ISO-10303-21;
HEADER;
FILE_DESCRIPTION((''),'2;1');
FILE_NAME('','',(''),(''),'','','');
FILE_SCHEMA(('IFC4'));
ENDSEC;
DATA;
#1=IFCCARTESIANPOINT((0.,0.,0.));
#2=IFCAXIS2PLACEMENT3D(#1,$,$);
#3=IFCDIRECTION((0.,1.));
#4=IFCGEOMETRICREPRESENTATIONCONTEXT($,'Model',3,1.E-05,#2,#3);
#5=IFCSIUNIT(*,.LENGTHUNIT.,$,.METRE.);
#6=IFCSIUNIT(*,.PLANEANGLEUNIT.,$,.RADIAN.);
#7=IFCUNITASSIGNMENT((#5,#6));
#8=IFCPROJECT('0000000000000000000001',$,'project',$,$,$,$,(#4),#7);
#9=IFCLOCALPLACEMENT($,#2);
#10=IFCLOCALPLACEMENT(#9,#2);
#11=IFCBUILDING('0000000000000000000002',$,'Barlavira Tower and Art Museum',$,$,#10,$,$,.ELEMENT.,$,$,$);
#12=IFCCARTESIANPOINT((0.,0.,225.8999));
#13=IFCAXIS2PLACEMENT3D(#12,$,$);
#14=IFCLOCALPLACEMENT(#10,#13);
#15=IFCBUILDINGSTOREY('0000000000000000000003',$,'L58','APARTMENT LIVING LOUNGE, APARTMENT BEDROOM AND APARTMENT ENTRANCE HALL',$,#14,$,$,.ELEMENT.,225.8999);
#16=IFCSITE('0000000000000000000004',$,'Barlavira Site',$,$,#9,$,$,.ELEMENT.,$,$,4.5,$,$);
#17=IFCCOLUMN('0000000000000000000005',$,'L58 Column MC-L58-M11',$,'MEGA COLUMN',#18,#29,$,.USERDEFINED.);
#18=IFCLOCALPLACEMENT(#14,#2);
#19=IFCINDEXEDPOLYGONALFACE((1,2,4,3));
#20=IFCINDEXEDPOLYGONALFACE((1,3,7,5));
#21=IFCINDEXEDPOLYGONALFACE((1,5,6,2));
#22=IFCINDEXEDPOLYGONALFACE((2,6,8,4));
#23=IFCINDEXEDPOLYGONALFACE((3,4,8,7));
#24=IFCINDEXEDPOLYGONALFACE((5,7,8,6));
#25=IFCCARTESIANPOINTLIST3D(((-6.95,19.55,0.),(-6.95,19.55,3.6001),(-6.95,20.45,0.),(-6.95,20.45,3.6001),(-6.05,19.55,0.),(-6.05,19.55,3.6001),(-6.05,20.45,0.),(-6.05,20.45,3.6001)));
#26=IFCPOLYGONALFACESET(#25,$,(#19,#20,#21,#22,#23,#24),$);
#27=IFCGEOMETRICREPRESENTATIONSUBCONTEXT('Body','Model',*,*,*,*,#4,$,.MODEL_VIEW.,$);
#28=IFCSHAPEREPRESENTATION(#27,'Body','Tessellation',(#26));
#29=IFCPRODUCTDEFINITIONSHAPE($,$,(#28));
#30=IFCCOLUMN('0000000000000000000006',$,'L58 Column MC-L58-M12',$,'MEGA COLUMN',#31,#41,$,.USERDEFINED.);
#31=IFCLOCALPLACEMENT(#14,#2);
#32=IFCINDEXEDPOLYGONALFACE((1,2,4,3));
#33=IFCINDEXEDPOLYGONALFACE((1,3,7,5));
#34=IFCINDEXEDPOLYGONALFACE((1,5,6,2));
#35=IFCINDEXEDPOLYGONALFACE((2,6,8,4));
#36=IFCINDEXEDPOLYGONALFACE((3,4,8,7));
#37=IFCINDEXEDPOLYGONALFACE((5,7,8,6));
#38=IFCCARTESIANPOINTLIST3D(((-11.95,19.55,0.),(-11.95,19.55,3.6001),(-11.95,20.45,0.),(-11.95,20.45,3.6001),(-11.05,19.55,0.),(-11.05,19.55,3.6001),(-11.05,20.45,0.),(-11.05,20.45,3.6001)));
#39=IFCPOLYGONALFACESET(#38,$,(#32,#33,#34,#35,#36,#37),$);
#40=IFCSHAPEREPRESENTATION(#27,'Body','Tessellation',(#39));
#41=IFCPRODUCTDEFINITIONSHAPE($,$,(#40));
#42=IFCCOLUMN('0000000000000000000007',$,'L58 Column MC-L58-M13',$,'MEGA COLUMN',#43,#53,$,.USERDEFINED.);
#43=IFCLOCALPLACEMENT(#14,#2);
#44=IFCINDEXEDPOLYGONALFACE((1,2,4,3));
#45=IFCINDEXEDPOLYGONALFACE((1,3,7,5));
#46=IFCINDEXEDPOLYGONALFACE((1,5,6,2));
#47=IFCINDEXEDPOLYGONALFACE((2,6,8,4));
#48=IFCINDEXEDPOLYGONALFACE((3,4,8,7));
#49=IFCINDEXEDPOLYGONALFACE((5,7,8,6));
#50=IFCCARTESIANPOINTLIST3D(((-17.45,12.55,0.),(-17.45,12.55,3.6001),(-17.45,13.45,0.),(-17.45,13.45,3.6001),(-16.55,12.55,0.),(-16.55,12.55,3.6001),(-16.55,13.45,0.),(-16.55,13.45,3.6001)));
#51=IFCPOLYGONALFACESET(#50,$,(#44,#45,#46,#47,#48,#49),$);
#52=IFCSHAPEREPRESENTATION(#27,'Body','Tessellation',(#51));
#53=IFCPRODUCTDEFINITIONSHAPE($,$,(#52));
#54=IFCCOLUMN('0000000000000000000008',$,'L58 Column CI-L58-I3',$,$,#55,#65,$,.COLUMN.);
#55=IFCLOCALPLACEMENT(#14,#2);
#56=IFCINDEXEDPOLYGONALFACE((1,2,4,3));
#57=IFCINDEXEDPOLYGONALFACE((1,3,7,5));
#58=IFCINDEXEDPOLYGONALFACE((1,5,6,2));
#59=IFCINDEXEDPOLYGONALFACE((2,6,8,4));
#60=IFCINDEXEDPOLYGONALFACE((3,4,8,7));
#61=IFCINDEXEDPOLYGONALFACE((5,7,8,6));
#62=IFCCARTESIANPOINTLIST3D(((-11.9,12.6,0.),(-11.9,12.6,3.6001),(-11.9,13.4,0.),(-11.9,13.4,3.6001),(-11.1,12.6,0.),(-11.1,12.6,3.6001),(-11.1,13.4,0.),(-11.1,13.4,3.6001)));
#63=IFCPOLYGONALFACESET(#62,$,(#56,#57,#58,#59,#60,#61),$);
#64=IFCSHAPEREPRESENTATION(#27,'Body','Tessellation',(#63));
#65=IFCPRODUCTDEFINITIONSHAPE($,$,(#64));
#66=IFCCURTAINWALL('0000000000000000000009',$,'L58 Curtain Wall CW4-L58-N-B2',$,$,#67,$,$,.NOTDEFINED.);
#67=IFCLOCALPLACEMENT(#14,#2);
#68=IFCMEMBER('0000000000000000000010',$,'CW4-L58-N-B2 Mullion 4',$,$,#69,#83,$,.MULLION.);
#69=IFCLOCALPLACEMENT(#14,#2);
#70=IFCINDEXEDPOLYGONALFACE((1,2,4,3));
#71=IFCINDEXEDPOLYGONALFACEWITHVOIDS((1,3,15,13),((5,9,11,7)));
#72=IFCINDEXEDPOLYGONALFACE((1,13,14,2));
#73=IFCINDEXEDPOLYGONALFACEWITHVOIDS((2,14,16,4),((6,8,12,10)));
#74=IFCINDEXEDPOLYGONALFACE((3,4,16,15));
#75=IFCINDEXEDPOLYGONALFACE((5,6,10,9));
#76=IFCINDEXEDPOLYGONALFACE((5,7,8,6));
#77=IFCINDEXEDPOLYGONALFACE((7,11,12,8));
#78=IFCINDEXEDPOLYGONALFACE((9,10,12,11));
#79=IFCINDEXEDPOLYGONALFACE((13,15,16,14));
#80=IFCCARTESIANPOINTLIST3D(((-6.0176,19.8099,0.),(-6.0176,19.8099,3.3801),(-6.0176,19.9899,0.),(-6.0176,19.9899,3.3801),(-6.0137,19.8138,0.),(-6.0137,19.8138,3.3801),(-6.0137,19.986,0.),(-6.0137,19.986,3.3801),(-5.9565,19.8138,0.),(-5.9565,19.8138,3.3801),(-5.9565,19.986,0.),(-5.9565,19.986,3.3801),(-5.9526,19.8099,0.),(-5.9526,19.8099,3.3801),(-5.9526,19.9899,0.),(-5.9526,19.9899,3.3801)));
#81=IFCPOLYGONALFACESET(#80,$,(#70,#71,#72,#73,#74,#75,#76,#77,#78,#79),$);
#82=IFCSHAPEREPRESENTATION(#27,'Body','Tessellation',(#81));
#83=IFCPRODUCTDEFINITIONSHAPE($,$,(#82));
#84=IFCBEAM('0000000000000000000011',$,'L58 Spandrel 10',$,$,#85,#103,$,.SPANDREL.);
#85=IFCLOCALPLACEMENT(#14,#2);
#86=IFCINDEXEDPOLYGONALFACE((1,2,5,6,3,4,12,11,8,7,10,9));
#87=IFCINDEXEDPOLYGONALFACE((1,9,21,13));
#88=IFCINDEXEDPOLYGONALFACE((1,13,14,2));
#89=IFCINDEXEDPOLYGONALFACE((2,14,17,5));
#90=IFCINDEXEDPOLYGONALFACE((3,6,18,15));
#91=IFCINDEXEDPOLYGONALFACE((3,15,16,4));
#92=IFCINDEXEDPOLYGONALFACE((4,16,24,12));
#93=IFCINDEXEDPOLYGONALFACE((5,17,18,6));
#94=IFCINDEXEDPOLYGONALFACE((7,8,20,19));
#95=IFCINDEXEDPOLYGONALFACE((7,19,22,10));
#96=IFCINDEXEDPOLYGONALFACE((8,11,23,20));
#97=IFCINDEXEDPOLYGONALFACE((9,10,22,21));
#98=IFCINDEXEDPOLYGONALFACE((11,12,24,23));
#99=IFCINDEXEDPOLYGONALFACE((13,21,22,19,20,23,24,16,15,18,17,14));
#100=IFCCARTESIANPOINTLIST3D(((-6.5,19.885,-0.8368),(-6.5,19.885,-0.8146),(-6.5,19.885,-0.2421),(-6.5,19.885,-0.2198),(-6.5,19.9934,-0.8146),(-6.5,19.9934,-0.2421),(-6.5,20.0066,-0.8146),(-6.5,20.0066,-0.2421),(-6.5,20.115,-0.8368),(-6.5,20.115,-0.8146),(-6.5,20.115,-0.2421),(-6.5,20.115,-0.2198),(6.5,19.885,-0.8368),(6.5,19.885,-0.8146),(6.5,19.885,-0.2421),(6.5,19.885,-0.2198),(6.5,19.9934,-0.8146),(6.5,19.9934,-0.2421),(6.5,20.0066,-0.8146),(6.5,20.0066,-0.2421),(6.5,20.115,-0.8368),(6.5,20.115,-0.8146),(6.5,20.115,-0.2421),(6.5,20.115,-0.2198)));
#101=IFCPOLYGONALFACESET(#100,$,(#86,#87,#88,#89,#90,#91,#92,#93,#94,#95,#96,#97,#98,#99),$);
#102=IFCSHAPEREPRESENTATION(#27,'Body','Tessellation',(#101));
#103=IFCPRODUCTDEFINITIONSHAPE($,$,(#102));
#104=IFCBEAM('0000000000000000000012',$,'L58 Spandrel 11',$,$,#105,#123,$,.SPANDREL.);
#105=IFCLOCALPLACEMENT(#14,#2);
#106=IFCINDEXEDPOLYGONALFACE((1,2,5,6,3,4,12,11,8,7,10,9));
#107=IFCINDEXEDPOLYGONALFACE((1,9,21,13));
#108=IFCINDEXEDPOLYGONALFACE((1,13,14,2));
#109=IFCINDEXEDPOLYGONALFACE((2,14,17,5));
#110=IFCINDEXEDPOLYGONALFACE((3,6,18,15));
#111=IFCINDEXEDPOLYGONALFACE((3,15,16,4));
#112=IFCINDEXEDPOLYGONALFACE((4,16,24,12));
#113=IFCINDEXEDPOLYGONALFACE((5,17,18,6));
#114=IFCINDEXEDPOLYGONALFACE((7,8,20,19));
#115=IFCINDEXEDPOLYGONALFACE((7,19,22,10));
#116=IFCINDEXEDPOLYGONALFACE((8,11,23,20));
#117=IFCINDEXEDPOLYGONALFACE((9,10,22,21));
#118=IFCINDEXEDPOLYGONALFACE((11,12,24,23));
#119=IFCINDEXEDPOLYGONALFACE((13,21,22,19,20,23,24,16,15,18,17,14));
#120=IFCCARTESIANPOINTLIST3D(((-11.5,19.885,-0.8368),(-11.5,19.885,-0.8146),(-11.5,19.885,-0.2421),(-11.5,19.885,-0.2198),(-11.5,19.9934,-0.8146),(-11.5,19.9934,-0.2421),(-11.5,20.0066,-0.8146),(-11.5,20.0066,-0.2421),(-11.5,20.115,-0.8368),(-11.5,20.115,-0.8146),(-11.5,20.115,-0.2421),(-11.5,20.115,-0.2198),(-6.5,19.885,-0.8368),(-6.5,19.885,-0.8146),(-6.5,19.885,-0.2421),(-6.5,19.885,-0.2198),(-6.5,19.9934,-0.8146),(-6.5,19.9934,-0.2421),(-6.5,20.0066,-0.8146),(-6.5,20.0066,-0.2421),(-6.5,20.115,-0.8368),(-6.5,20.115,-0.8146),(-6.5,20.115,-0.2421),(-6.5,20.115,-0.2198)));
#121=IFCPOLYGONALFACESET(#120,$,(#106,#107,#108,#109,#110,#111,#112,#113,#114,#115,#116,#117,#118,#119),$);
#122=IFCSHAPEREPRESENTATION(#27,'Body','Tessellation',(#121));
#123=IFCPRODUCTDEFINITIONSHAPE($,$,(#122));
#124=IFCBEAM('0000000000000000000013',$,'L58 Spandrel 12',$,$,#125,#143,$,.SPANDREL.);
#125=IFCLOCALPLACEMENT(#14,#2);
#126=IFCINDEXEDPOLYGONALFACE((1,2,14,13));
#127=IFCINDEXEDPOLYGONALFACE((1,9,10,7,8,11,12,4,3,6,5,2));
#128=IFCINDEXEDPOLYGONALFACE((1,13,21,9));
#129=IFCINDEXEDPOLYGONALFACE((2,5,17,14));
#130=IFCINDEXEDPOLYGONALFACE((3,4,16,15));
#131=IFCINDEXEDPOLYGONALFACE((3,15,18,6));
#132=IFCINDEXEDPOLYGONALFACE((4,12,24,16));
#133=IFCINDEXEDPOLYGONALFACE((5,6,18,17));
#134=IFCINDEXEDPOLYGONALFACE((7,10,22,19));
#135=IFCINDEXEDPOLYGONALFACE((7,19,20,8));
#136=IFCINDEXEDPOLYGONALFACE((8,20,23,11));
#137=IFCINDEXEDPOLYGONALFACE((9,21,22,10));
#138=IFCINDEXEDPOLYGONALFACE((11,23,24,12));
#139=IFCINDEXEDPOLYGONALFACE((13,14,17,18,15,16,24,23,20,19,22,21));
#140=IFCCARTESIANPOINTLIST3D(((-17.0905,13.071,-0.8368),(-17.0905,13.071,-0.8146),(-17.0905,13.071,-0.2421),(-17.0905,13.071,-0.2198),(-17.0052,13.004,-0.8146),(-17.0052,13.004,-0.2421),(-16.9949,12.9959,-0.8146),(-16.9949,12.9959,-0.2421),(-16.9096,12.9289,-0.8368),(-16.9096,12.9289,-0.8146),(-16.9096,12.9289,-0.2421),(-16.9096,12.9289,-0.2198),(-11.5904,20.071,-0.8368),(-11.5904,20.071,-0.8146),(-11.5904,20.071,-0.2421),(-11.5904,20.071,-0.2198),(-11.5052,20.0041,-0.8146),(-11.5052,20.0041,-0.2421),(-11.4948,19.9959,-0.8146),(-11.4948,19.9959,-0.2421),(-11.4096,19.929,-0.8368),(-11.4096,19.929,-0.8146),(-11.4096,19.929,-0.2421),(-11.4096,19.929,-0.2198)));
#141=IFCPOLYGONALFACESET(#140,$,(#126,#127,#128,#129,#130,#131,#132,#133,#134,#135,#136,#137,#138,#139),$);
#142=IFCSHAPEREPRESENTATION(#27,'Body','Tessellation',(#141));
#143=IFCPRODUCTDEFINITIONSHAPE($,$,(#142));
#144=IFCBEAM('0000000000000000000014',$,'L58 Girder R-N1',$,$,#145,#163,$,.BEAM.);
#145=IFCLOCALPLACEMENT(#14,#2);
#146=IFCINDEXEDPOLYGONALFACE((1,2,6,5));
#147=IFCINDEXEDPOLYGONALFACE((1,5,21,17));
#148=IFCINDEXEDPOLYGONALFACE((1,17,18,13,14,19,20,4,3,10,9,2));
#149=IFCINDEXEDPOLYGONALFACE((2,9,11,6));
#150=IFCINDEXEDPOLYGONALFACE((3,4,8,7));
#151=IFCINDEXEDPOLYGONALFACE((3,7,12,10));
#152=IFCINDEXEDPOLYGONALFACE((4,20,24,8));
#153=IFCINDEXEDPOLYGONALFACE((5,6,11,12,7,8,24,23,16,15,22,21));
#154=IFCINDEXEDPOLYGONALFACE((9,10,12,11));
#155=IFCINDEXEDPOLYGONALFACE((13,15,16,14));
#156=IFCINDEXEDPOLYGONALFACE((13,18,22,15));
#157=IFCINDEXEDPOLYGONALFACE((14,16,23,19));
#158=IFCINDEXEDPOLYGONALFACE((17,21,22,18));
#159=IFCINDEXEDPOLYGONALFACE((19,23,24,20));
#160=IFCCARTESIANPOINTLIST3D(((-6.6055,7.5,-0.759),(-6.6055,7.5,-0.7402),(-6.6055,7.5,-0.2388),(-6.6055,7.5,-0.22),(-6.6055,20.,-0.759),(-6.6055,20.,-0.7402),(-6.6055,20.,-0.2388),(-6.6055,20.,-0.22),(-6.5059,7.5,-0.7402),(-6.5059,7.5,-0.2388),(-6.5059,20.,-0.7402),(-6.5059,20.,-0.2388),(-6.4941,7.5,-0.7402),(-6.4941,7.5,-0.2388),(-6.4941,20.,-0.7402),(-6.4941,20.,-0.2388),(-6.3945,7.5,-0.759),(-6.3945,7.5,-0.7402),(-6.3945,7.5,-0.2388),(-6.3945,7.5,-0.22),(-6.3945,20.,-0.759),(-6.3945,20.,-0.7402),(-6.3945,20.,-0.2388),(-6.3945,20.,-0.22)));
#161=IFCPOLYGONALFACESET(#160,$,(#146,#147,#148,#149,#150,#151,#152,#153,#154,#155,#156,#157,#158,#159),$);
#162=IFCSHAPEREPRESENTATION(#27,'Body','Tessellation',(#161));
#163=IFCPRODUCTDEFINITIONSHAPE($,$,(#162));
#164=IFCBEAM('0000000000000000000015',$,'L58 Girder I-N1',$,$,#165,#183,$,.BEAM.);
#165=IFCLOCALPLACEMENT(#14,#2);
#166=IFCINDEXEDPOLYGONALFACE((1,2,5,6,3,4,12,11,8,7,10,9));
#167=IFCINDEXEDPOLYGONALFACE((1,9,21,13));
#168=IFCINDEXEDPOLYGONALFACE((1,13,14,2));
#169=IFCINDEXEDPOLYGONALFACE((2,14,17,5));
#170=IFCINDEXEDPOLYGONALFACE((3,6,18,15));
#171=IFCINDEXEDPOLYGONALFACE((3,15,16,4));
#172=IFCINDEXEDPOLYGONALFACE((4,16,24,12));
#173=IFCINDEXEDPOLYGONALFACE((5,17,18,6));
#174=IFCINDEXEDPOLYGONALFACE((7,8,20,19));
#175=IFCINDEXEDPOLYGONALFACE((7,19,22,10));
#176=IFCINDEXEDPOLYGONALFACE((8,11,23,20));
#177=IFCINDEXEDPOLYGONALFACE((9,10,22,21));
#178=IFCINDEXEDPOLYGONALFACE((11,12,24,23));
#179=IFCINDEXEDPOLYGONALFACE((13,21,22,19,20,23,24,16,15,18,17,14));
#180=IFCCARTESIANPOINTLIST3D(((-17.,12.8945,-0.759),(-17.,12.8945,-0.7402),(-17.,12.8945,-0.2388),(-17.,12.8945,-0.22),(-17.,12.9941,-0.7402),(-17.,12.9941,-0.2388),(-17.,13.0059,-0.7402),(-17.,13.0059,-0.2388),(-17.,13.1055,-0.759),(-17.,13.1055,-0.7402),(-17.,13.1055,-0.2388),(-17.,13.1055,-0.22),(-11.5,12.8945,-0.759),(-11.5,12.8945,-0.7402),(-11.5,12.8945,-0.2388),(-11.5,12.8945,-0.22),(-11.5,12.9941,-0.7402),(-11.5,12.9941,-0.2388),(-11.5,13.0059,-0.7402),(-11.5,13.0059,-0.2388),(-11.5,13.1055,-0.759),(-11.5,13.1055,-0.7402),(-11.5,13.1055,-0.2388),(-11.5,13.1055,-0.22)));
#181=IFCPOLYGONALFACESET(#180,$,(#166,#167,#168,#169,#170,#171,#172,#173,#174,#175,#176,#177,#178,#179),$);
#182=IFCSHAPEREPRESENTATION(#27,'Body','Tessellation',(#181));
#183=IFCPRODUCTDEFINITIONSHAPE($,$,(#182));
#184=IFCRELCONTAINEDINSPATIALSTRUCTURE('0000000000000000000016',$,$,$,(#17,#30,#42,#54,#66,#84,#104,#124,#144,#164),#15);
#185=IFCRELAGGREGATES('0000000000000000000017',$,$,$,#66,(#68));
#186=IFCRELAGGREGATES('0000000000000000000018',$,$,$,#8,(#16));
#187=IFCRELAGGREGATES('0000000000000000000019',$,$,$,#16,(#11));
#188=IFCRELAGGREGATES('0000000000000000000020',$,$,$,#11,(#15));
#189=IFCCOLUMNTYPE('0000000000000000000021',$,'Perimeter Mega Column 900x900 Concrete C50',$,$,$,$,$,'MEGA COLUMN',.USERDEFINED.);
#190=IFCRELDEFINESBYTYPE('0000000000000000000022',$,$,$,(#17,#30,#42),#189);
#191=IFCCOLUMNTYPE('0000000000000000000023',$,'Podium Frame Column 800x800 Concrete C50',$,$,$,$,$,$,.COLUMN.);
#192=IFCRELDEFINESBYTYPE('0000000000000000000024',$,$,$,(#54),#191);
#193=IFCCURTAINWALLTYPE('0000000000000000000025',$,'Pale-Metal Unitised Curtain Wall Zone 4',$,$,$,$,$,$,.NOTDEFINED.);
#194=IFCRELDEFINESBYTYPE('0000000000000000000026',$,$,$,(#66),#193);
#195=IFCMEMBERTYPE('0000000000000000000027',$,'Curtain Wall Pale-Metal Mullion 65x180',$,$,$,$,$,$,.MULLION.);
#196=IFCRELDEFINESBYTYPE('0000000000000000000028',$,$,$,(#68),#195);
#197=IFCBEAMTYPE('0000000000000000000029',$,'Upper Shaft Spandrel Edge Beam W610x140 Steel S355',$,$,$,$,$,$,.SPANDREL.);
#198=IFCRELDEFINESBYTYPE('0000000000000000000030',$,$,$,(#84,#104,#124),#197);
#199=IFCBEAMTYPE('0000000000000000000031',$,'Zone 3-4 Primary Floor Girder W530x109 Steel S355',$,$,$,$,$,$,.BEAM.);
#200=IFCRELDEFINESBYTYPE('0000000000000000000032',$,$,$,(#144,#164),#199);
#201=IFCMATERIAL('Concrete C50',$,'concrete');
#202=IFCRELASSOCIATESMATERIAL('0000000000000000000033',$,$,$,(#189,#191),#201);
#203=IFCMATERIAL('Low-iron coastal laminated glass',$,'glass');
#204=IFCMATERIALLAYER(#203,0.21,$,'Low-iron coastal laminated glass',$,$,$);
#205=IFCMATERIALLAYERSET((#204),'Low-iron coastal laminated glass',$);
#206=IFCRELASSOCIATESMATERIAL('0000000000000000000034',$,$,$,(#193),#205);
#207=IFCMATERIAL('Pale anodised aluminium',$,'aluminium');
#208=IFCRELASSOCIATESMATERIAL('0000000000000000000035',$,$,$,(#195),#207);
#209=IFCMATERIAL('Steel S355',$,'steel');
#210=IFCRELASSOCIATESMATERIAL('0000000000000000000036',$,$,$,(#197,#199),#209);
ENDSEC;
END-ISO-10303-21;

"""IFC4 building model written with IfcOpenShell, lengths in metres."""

from ifc_helpers import new_model, si_unit, direction, frame, origin, origin_2d, place, context, subcontext, project, spatial, rectangle, hollow_rectangle, i_section, extrude, material, layer, layer_set, material_profile, profile_set, type_object, element, aggregate, save


model = new_model("IFC4")

# Units and contexts
model_context = context("Model", 3, precision=1e-05, world=origin(), true_north=direction((0.0, 1.0)))
body_context = subcontext(model_context, "Body", "Model", "MODEL_VIEW")
ifc_project = project(units=[si_unit("LENGTHUNIT", "METRE"), si_unit("PLANEANGLEUNIT", "RADIAN")], contexts=[model_context])

# Site, building, storey
site_placement = place(None, origin())
site = spatial("IfcSite", under=ifc_project, at=site_placement, Name="Barlavira Site", CompositionType="ELEMENT", RefElevation=4.5)
building_placement = place(site_placement, origin())
building = spatial("IfcBuilding", under=site, at=building_placement, Name="Barlavira Tower and Art Museum", CompositionType="ELEMENT")
storey_placement = place(building_placement, frame((0.0, 0.0, 225.8999)))
storey = spatial("IfcBuildingStorey", under=building, at=storey_placement, Name="L58", Description="APARTMENT LIVING LOUNGE, APARTMENT BEDROOM AND APARTMENT ENTRANCE HALL", CompositionType="ELEMENT", Elevation=225.8999)

# Columns
ifc_material_1 = material(Name="Concrete C50", Category="concrete")
ifc_material_profile_1 = material_profile(ifc_material_1, rectangle(XDim=0.8999, YDim=0.8999, at=origin_2d()), Name="RC-COL 900x900")
ifc_profile_set_1 = profile_set([ifc_material_profile_1], Name="Concrete C50")
column_type_1 = type_object("IfcColumnType", Name="Perimeter Mega Column 900x900 Concrete C50", ElementType="MEGA COLUMN", PredefinedType="USERDEFINED", material=ifc_profile_set_1)
for number, where, z_axis, x_axis, name in (
    (1, (-6.5, 20.0, 0.0), (0.0, 0.0, 1.0), (1.0, 0.0, 0.0), "L58 Column MC-L58-M11"),
    (2, (-11.5, 20.0, 0.0), (0.0, 0.0, 1.0), (1.0, 0.0, 0.0), "L58 Column MC-L58-M12"),
    (3, (-17.0, 13.0, 0.0), (0.0, 0.0, 1.0), (1.0, 0.0, 0.0), "L58 Column MC-L58-M13"),
):
    element("IfcColumn", number, at=place(storey_placement, frame(where, z_axis=z_axis, x_axis=x_axis)), inside=storey, type_object=column_type_1, Name=name, ObjectType="MEGA COLUMN", PredefinedType="USERDEFINED", context=body_context, shape_type="SweptSolid", body=[
        extrude(rectangle(XDim=0.8999, YDim=0.8999, at=origin_2d()), origin(), (0.0, 0.0, 1.0), 3.6001),
    ])
ifc_material_profile_2 = material_profile(ifc_material_1, rectangle(XDim=0.8, YDim=0.8, at=origin_2d()), Name="RC-COL 800x800")
ifc_profile_set_2 = profile_set([ifc_material_profile_2], Name="Concrete C50")
column_type_2 = type_object("IfcColumnType", Name="Podium Frame Column 800x800 Concrete C50", PredefinedType="COLUMN", material=ifc_profile_set_2)
column_placement = place(storey_placement, frame((-11.5, 13.0, 0.0), z_axis=(0.0, 0.0, 1.0), x_axis=(1.0, 0.0, 0.0)))
element("IfcColumn", 4, at=column_placement, inside=storey, type_object=column_type_2, Name="L58 Column CI-L58-I3", PredefinedType="COLUMN", context=body_context, shape_type="SweptSolid", body=[
    extrude(rectangle(XDim=0.8, YDim=0.8, at=origin_2d()), origin(), (0.0, 0.0, 1.0), 3.6001),
])

# Curtain wall, member
ifc_material_2 = material(Name="Low-iron coastal laminated glass", Category="glass")
ifc_layer_1 = layer(ifc_material_2, 0.21, Name="Low-iron coastal laminated glass")
ifc_layer_set_1 = layer_set([ifc_layer_1], Name="Low-iron coastal laminated glass")
curtain_wall_type = type_object("IfcCurtainWallType", Name="Pale-Metal Unitised Curtain Wall Zone 4", PredefinedType="NOTDEFINED", material=ifc_layer_set_1)
curtain_wall_placement = place(storey_placement, origin())
curtain_wall = element("IfcCurtainWall", 5, at=curtain_wall_placement, inside=storey, type_object=curtain_wall_type, Name="L58 Curtain Wall CW4-L58-N-B2", PredefinedType="NOTDEFINED")
ifc_material_3 = material(Name="Pale anodised aluminium", Category="aluminium")
ifc_material_profile_3 = material_profile(ifc_material_3, hollow_rectangle(XDim=0.0649, YDim=0.1799, WallThickness=0.0039, at=origin_2d()), Name="ALU-MULL 65x180x4")
ifc_profile_set_3 = profile_set([ifc_material_profile_3], Name="Pale anodised aluminium")
member_type = type_object("IfcMemberType", Name="Curtain Wall Pale-Metal Mullion 65x180", PredefinedType="MULLION", material=ifc_profile_set_3)
member_placement = place(storey_placement, frame((-5.9851, 19.8999, 0.0), z_axis=(0.0, 0.0, 1.0), x_axis=(-1.0, 0.0, 0.0)))
member = element("IfcMember", 6, at=member_placement, type_object=member_type, Name="CW4-L58-N-B2 Mullion 4", PredefinedType="MULLION", context=body_context, shape_type="SweptSolid", body=[
    extrude(hollow_rectangle(XDim=0.0649, YDim=0.1799, WallThickness=0.0039, at=origin_2d()), origin(), (0.0, 0.0, 1.0), 3.3801),
])
aggregate(curtain_wall, [member])

# Beams
ifc_material_4 = material(Name="Steel S355", Category="steel")
ifc_material_profile_4 = material_profile(ifc_material_4, i_section(OverallWidth=0.23, OverallDepth=0.6169, WebThickness=0.0132, FlangeThickness=0.0222, at=origin_2d()), Name="W610x140.0")
ifc_profile_set_4 = profile_set([ifc_material_profile_4], Name="Steel S355")
beam_type_1 = type_object("IfcBeamType", Name="Upper Shaft Spandrel Edge Beam W610x140 Steel S355", PredefinedType="SPANDREL", material=ifc_profile_set_4)
beam_1_placement = place(storey_placement, frame((-6.5, 20.0, -0.5283), z_axis=(1.0, 0.0, 0.0), x_axis=(0.0, 1.0, 0.0)))
element("IfcBeam", 7, at=beam_1_placement, inside=storey, type_object=beam_type_1, Name="L58 Spandrel 10", PredefinedType="SPANDREL", context=body_context, shape_type="SweptSolid", body=[
    extrude(i_section(OverallWidth=0.23, OverallDepth=0.6169, WebThickness=0.0132, FlangeThickness=0.0222, at=origin_2d()), origin(), (0.0, 0.0, 1.0), 13.0),
])
beam_2_placement = place(storey_placement, frame((-11.5, 20.0, -0.5283), z_axis=(1.0, 0.0, 0.0), x_axis=(0.0, 1.0, 0.0)))
element("IfcBeam", 8, at=beam_2_placement, inside=storey, type_object=beam_type_1, Name="L58 Spandrel 11", PredefinedType="SPANDREL", context=body_context, shape_type="SweptSolid", body=[
    extrude(i_section(OverallWidth=0.23, OverallDepth=0.6169, WebThickness=0.0132, FlangeThickness=0.0222, at=origin_2d()), origin(), (0.0, 0.0, 1.0), 5.0),
])
beam_3_placement = place(storey_placement, frame((-11.5, 20.0, -0.5283), z_axis=(-0.617822, -0.786318, 0.0), x_axis=(0.786318, -0.617822, 0.0)))
element("IfcBeam", 9, at=beam_3_placement, inside=storey, type_object=beam_type_1, Name="L58 Spandrel 12", PredefinedType="SPANDREL", context=body_context, shape_type="SweptSolid", body=[
    extrude(i_section(OverallWidth=0.23, OverallDepth=0.6169, WebThickness=0.0132, FlangeThickness=0.0222, at=origin_2d()), origin(), (0.0, 0.0, 1.0), 8.9023),
])
ifc_material_profile_5 = material_profile(ifc_material_4, i_section(OverallWidth=0.2109, OverallDepth=0.5391, WebThickness=0.0117, FlangeThickness=0.0188, at=origin_2d()), Name="W530x109.0")
ifc_profile_set_5 = profile_set([ifc_material_profile_5], Name="Steel S355")
beam_type_2 = type_object("IfcBeamType", Name="Zone 3-4 Primary Floor Girder W530x109 Steel S355", PredefinedType="BEAM", material=ifc_profile_set_5)
beam_4_placement = place(storey_placement, frame((-6.5, 7.5, -0.4895), z_axis=(0.0, 1.0, 0.0), x_axis=(-1.0, 0.0, 0.0)))
element("IfcBeam", 10, at=beam_4_placement, inside=storey, type_object=beam_type_2, Name="L58 Girder R-N1", PredefinedType="BEAM", context=body_context, shape_type="SweptSolid", body=[
    extrude(i_section(OverallWidth=0.2109, OverallDepth=0.5391, WebThickness=0.0117, FlangeThickness=0.0188, at=origin_2d()), origin(), (0.0, 0.0, 1.0), 12.5),
])
beam_5_placement = place(storey_placement, frame((-17.0, 13.0, -0.4895), z_axis=(1.0, 0.0, 0.0), x_axis=(0.0, 1.0, 0.0)))
element("IfcBeam", 11, at=beam_5_placement, inside=storey, type_object=beam_type_2, Name="L58 Girder I-N1", PredefinedType="BEAM", context=body_context, shape_type="SweptSolid", body=[
    extrude(i_section(OverallWidth=0.2109, OverallDepth=0.5391, WebThickness=0.0117, FlangeThickness=0.0188, at=origin_2d()), origin(), (0.0, 0.0, 1.0), 5.5),
])

save(model, "model.ifc")
